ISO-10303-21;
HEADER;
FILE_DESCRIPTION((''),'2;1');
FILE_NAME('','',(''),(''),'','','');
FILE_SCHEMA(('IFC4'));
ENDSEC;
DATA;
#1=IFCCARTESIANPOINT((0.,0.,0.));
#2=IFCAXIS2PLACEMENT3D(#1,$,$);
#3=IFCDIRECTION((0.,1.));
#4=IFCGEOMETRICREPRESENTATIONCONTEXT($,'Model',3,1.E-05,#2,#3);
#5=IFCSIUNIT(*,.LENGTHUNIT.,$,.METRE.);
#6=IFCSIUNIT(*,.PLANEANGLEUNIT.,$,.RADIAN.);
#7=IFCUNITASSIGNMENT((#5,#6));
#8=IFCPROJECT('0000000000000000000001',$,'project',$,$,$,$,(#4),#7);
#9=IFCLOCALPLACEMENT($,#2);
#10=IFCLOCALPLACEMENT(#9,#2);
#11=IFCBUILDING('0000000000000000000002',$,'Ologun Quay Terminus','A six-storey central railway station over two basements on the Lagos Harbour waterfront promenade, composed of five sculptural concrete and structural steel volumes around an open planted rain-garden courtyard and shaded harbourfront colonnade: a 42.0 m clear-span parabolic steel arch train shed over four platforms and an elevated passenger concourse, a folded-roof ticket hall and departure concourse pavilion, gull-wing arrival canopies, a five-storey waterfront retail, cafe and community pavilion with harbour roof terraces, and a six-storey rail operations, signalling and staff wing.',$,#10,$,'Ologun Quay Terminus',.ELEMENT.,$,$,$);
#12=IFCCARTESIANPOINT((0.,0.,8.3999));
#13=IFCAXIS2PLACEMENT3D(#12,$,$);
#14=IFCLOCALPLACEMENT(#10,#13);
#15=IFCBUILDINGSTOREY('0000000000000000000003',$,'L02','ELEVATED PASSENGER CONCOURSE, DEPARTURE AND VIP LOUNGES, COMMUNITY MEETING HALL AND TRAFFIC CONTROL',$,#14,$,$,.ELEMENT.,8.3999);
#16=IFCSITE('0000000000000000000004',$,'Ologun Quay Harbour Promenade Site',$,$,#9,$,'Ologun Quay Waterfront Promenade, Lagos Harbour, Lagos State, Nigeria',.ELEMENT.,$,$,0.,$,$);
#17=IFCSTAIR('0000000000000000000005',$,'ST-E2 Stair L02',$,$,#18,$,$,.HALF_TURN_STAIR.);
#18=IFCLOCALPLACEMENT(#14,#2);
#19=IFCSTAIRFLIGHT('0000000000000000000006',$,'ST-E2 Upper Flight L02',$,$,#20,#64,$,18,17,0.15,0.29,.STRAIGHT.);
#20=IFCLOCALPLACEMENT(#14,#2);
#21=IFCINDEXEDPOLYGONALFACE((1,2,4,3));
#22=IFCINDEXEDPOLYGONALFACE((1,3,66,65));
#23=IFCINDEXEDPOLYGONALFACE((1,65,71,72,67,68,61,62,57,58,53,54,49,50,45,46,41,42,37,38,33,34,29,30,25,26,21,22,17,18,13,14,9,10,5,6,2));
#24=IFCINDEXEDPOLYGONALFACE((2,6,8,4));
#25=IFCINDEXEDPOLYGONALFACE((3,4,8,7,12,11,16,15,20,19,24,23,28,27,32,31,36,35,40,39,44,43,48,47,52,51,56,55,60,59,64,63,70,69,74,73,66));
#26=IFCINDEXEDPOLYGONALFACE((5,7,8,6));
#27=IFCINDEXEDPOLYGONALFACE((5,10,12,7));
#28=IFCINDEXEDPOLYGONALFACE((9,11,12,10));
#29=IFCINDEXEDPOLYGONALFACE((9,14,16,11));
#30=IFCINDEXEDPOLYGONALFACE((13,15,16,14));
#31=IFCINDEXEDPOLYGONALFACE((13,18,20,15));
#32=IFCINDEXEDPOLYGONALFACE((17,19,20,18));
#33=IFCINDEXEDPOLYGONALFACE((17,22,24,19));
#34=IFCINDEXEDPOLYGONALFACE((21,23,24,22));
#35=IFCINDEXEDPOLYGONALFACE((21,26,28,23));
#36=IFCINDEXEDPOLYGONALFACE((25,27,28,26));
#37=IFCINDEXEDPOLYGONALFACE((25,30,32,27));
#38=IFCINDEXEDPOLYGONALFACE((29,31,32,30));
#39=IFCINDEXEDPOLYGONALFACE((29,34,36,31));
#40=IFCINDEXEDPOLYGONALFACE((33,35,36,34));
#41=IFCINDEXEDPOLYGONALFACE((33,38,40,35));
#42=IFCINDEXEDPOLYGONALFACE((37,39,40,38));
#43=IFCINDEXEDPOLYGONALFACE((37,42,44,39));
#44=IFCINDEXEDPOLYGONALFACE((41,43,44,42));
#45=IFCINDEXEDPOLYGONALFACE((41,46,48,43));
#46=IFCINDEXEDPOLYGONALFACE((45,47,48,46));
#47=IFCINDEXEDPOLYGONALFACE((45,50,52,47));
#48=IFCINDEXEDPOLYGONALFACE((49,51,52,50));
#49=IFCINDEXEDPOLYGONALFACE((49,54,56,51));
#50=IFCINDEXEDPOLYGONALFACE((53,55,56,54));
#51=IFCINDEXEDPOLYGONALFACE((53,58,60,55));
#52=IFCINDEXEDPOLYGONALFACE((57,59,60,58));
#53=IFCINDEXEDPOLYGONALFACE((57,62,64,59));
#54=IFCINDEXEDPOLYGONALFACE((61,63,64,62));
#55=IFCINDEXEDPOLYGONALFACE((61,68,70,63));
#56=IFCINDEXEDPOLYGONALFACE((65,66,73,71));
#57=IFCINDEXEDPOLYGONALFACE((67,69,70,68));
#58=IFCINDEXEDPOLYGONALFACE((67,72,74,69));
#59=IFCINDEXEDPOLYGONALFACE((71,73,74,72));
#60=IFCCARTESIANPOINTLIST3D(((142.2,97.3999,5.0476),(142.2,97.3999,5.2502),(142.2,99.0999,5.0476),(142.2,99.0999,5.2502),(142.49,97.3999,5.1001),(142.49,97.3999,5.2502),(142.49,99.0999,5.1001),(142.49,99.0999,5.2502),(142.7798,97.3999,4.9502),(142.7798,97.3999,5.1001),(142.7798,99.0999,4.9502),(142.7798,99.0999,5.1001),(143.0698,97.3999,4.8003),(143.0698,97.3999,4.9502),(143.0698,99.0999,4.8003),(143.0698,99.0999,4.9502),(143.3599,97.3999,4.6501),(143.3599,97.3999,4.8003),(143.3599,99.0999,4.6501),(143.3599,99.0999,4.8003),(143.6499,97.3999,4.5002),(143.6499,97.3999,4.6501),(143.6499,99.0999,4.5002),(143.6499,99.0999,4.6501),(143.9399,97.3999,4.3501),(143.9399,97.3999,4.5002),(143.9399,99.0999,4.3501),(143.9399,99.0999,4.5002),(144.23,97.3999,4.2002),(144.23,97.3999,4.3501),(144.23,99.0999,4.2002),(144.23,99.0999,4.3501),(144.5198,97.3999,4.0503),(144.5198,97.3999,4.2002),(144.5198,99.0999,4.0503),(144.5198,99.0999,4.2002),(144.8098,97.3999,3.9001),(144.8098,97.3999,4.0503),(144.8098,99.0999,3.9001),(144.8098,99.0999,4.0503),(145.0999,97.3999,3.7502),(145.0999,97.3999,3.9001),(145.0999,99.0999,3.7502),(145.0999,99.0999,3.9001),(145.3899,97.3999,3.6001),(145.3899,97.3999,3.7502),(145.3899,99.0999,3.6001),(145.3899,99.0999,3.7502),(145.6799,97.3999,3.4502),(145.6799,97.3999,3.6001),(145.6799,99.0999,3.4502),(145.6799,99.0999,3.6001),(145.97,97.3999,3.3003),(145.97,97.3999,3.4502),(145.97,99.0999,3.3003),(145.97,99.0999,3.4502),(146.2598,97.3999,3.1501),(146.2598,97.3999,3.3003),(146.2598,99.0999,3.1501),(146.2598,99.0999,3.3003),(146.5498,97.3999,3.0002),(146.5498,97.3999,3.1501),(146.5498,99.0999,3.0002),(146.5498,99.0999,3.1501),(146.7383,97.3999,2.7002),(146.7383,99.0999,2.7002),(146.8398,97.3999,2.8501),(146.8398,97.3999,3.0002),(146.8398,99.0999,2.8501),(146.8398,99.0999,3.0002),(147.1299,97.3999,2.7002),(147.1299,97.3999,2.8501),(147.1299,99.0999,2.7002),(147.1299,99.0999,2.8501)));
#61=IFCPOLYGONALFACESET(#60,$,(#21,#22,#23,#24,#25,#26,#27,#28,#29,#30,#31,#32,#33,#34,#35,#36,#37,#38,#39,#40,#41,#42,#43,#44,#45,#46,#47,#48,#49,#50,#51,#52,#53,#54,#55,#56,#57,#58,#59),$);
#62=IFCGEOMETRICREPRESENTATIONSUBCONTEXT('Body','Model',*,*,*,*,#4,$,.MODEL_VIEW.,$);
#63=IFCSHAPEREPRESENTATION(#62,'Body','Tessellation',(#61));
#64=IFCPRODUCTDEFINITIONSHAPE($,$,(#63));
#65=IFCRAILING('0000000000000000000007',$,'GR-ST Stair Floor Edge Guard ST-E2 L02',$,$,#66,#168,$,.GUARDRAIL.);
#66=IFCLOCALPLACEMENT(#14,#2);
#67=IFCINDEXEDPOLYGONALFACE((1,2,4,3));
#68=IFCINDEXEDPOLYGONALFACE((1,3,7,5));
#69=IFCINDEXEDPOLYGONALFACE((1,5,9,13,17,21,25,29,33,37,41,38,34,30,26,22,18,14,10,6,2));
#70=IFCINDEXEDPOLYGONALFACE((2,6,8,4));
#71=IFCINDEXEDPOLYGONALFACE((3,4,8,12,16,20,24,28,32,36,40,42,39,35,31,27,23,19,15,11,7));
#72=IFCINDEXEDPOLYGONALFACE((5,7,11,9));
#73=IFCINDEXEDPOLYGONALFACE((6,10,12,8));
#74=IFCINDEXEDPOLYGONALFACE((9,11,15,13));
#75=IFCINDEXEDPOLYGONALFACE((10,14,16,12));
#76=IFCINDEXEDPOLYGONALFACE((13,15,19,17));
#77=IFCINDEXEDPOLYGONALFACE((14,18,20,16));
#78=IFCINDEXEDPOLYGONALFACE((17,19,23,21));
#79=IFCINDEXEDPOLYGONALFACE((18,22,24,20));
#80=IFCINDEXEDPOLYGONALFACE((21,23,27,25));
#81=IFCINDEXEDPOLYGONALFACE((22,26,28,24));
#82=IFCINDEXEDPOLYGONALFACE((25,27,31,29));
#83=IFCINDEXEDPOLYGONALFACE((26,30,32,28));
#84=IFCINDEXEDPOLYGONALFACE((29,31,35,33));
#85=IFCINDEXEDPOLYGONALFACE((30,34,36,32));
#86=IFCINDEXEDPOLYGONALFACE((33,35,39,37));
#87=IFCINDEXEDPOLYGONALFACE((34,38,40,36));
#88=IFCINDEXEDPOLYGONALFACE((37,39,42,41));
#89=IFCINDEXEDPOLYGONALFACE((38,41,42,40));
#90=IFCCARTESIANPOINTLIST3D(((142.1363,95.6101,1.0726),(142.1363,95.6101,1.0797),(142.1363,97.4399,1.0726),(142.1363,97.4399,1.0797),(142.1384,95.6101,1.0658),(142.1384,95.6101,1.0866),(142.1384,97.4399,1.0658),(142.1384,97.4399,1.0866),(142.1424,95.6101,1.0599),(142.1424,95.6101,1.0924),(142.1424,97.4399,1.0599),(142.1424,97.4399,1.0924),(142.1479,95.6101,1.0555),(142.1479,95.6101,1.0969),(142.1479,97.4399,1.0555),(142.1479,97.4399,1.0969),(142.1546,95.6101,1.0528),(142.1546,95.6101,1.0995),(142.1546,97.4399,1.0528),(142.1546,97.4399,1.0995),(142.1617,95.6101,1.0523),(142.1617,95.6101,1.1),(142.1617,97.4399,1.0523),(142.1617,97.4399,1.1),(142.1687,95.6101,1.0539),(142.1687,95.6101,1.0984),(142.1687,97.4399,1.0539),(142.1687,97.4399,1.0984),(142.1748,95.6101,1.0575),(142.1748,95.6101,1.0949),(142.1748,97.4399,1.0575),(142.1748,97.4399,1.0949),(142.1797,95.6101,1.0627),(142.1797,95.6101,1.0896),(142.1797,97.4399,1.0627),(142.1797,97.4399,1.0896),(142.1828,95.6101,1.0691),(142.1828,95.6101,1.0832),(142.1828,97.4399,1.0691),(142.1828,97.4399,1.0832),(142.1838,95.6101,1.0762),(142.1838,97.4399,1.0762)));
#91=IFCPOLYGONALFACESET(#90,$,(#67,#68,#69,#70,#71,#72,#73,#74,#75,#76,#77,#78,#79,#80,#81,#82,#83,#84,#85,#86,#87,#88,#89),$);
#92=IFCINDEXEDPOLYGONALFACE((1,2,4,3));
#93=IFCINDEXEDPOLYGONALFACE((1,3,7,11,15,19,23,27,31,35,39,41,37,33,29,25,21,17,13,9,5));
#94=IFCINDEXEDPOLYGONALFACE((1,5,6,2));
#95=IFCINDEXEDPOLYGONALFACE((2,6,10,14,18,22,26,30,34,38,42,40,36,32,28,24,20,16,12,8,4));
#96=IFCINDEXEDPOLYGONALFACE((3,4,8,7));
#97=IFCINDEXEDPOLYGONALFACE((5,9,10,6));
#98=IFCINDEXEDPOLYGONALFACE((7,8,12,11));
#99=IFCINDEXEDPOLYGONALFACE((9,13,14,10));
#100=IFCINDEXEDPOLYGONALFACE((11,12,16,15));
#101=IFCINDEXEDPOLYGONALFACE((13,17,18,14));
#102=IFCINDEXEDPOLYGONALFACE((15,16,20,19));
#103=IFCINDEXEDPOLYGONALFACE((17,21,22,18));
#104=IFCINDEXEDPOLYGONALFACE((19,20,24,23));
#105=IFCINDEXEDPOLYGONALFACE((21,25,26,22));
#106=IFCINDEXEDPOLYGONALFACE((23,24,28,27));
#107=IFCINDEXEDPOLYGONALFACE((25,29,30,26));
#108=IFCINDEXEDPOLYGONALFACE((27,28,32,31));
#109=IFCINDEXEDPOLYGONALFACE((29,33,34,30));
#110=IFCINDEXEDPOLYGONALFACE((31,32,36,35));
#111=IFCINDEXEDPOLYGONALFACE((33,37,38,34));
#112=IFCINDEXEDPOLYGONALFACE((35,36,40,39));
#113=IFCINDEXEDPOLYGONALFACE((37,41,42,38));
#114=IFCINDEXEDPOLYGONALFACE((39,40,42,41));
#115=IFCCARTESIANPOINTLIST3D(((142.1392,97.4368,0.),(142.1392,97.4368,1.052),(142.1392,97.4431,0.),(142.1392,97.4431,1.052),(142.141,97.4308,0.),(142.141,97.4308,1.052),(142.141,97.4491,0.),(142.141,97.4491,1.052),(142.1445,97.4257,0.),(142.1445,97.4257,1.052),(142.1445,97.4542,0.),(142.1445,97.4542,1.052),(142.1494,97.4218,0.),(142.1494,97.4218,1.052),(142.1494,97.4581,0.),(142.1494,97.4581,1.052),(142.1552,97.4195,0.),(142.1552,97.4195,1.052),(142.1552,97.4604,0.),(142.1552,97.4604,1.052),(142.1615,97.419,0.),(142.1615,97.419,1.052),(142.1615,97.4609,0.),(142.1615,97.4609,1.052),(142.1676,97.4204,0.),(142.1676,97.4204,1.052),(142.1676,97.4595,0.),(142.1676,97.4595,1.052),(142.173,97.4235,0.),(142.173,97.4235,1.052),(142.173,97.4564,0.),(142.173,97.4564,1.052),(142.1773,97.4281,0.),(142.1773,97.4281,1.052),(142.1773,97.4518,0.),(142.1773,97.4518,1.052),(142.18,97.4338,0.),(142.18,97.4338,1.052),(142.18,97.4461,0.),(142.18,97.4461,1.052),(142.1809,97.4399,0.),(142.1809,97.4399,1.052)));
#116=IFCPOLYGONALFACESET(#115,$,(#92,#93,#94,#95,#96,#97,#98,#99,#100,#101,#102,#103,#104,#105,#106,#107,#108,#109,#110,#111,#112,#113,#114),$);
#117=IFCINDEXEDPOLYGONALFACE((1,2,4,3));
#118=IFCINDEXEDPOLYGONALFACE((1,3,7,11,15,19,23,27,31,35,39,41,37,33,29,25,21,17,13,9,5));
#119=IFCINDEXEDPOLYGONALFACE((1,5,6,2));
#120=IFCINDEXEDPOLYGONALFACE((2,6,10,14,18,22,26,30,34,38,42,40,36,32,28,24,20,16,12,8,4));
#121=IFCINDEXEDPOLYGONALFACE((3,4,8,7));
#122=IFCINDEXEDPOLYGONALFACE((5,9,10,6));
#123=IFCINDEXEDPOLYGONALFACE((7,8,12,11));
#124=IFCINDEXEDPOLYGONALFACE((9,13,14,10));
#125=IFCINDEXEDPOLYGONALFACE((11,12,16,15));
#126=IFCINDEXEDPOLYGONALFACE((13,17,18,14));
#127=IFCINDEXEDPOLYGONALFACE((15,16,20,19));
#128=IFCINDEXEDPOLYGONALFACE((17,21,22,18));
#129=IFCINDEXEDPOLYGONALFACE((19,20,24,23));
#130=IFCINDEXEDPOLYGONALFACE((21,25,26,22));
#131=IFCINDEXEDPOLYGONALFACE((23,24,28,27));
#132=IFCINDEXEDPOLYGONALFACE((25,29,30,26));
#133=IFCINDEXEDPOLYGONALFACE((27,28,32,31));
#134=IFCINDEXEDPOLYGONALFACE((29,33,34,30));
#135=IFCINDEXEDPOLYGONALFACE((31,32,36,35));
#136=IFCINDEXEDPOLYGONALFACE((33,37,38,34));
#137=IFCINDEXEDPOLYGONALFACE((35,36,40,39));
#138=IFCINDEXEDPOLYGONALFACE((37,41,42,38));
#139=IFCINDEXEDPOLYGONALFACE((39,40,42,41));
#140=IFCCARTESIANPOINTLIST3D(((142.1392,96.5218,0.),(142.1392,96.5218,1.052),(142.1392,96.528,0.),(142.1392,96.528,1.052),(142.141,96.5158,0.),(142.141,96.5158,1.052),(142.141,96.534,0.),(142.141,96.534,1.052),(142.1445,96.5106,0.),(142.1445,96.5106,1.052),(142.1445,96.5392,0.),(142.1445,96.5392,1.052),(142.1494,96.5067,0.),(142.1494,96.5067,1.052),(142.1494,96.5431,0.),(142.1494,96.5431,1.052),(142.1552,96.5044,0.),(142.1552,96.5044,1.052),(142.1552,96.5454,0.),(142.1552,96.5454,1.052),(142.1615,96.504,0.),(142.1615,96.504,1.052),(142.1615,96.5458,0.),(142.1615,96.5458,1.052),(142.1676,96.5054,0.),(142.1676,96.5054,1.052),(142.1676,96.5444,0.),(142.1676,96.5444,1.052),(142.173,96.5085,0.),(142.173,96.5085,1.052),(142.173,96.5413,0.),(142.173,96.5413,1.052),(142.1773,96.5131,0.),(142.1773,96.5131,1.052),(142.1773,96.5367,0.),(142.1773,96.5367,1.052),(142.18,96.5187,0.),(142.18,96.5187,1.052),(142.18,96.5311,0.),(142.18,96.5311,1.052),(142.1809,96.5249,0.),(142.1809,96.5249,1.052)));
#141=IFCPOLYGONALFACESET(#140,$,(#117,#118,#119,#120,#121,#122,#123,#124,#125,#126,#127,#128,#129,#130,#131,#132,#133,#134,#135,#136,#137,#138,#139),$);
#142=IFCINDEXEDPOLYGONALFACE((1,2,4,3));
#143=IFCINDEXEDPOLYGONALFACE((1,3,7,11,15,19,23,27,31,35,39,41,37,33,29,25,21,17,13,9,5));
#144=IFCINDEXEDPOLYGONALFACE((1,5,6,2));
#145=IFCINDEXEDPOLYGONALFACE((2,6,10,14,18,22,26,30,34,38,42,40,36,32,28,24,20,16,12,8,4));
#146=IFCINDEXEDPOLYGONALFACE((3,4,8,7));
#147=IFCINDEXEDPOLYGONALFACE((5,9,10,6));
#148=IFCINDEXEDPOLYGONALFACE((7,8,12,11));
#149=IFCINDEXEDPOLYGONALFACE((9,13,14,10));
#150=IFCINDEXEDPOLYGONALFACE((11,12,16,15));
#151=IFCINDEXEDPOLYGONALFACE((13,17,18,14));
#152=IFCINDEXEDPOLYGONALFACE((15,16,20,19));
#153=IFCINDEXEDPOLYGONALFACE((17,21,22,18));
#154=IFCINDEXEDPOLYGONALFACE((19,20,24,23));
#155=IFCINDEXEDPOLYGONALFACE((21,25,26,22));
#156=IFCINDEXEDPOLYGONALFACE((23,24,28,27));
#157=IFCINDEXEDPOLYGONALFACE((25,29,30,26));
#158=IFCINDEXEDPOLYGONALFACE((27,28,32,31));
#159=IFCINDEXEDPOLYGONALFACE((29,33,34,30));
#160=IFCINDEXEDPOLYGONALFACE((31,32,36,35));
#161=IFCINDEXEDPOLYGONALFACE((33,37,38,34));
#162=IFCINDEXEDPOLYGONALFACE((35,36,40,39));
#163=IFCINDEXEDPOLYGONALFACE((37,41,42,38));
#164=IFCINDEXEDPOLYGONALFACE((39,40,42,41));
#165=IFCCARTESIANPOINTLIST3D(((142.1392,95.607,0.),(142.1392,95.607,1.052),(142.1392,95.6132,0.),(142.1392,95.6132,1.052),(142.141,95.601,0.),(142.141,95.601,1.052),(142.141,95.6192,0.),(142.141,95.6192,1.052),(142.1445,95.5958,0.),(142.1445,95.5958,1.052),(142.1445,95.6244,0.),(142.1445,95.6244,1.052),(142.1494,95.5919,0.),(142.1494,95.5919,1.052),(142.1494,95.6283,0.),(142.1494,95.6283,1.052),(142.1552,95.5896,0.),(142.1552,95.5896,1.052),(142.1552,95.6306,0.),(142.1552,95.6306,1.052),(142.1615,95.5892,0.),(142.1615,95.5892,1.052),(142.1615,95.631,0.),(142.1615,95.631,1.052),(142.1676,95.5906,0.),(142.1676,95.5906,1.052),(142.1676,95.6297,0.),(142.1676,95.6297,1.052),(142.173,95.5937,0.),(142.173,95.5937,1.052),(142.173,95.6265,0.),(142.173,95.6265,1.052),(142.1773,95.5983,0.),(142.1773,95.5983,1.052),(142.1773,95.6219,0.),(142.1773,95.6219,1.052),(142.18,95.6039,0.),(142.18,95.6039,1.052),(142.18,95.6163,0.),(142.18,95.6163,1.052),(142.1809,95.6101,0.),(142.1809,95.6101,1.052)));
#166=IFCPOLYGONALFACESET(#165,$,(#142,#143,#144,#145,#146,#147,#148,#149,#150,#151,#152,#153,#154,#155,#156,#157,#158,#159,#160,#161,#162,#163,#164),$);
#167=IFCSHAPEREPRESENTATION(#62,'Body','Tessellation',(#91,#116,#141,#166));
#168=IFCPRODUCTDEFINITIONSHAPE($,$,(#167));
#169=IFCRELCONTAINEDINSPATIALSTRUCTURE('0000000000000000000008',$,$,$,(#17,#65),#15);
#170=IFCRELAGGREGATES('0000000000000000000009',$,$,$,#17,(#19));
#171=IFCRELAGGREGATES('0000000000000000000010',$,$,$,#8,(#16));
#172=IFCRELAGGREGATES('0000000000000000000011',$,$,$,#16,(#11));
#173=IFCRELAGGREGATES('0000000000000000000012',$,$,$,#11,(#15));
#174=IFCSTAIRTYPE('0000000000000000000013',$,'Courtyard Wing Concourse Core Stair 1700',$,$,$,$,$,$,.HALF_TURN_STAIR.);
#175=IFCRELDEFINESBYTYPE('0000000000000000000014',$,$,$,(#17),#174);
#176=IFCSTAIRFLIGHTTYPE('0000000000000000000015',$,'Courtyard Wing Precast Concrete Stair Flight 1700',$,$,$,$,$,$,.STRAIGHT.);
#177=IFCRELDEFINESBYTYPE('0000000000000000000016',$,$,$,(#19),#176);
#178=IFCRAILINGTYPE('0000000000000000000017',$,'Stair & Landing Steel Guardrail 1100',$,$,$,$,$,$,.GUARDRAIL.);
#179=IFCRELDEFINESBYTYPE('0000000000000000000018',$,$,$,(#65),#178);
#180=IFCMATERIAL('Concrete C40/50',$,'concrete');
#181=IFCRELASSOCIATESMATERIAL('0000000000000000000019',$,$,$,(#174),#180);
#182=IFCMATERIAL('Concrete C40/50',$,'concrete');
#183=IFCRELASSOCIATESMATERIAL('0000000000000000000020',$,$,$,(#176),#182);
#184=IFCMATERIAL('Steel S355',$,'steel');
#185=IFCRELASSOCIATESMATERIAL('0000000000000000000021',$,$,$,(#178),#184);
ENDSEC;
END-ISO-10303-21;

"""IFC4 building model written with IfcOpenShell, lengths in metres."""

from ifc_helpers import new_model, si_unit, direction, frame, origin, origin_2d, place, context, subcontext, project, spatial, polyline, circle, outline, extrude, material, type_object, element, aggregate, save


model = new_model("IFC4")

# Units and contexts
model_context = context("Model", 3, precision=1e-05, world=origin(), true_north=direction((0.0, 1.0)))
body_context = subcontext(model_context, "Body", "Model", "MODEL_VIEW")
ifc_project = project(units=[si_unit("LENGTHUNIT", "METRE"), si_unit("PLANEANGLEUNIT", "RADIAN")], contexts=[model_context])

# Site, building, storey
site_placement = place(None, origin())
site = spatial("IfcSite", under=ifc_project, at=site_placement, Name="Ologun Quay Harbour Promenade Site", LongName="Ologun Quay Waterfront Promenade, Lagos Harbour, Lagos State, Nigeria", CompositionType="ELEMENT", RefElevation=0.0)
building_placement = place(site_placement, origin())
building = spatial("IfcBuilding", under=site, at=building_placement, Name="Ologun Quay Terminus", Description="A six-storey central railway station over two basements on the Lagos Harbour waterfront promenade, composed of five sculptural concrete and structural steel volumes around an open planted rain-garden courtyard and shaded harbourfront colonnade: a 42.0 m clear-span parabolic steel arch train shed over four platforms and an elevated passenger concourse, a folded-roof ticket hall and departure concourse pavilion, gull-wing arrival canopies, a five-storey waterfront retail, cafe and community pavilion with harbour roof terraces, and a six-storey rail operations, signalling and staff wing.", LongName="Ologun Quay Terminus", CompositionType="ELEMENT")
storey_placement = place(building_placement, frame((0.0, 0.0, 8.3999)))
storey = spatial("IfcBuildingStorey", under=building, at=storey_placement, Name="L02", Description="ELEVATED PASSENGER CONCOURSE, DEPARTURE AND VIP LOUNGES, COMMUNITY MEETING HALL AND TRAFFIC CONTROL", CompositionType="ELEMENT", Elevation=8.3999)

# Stair, stair flight
ifc_material_1 = material(Name="Concrete C40/50", Category="concrete")
stair_type = type_object("IfcStairType", Name="Courtyard Wing Concourse Core Stair 1700", PredefinedType="HALF_TURN_STAIR", material=ifc_material_1)
stair_placement = place(storey_placement, origin())
stair = element("IfcStair", 1, at=stair_placement, inside=storey, type_object=stair_type, Name="ST-E2 Stair L02", PredefinedType="HALF_TURN_STAIR")
ifc_material_2 = material(Name="Concrete C40/50", Category="concrete")
stair_flight_type = type_object("IfcStairFlightType", Name="Courtyard Wing Precast Concrete Stair Flight 1700", PredefinedType="STRAIGHT", material=ifc_material_2)
stair_flight_placement = place(storey_placement, frame((147.1299, 98.25, 2.7002), z_axis=(0.0, 0.0, 1.0), x_axis=(-1.0, 0.0, 0.0)))
stair_flight = element("IfcStairFlight", 2, at=stair_flight_placement, type_object=stair_flight_type, Name="ST-E2 Upper Flight L02", NumberOfRisers=18, NumberOfTreads=17, PredefinedType="STRAIGHT", RiserHeight=0.15, TreadLength=0.29, context=body_context, shape_type="SweptSolid", body=[
    extrude(outline(polyline([(0.0, 0.0), (0.0, 0.1499), (0.29, 0.1499), (0.29, 0.3), (0.5801, 0.3), (0.5801, 0.45), (0.8701, 0.45), (0.8701, 0.6001), (1.1599, 0.6001), (1.1599, 0.75), (1.45, 0.75), (1.45, 0.8999), (1.74, 0.8999), (1.74, 1.05), (2.03, 1.05), (2.03, 1.2), (2.3201, 1.2), (2.3201, 1.3501), (2.6101, 1.3501), (2.6101, 1.5), (2.8999, 1.5), (2.8999, 1.6499), (3.1899, 1.6499), (3.1899, 1.8), (3.48, 1.8), (3.48, 1.95), (3.77, 1.95), (3.77, 2.1001), (4.0601, 2.1001), (4.0601, 2.25), (4.3501, 2.25), (4.3501, 2.3999), (4.6399, 2.3999), (4.6399, 2.55), (4.9299, 2.55), (4.9299, 2.7), (4.9299, 2.3474), (0.3916, 0.0), (0.0, 0.0)])), frame((0.0, 0.8501, 0.0), z_axis=(0.0, -1.0, 0.0), x_axis=(1.0, 0.0, 0.0)), (0.0, 0.0, 1.0), 1.7),
])
aggregate(stair, [stair_flight])

# Railing
ifc_material_3 = material(Name="Steel S355", Category="steel")
railing_type_1 = type_object("IfcRailingType", Name="Stair & Landing Steel Guardrail 1100", PredefinedType="GUARDRAIL", material=ifc_material_3)
railing_1_placement = place(storey_placement, frame((142.1599, 97.4399, 0.0)))
element("IfcRailing", 3, at=railing_1_placement, inside=storey, type_object=railing_type_1, Name="GR-ST Stair Floor Edge Guard ST-E2 L02", PredefinedType="GUARDRAIL", context=body_context, shape_type="SweptSolid", body=[
    extrude(circle(Radius=0.0239, at=origin_2d()), frame((0.0, 0.0, 1.0762), z_axis=(0.0, -1.0, 0.0), x_axis=(1.0, 0.0, 0.0)), (0.0, 0.0, 1.0), 1.8298),
    extrude(circle(Radius=0.021, at=origin_2d()), origin(), (0.0, 0.0, 1.0), 1.052),
    extrude(circle(Radius=0.021, at=origin_2d()), frame((0.0, -0.915, 0.0)), (0.0, 0.0, 1.0), 1.052),
    extrude(circle(Radius=0.021, at=origin_2d()), frame((0.0, -1.8298, 0.0)), (0.0, 0.0, 1.0), 1.052),
])

save(model, "model.ifc")
